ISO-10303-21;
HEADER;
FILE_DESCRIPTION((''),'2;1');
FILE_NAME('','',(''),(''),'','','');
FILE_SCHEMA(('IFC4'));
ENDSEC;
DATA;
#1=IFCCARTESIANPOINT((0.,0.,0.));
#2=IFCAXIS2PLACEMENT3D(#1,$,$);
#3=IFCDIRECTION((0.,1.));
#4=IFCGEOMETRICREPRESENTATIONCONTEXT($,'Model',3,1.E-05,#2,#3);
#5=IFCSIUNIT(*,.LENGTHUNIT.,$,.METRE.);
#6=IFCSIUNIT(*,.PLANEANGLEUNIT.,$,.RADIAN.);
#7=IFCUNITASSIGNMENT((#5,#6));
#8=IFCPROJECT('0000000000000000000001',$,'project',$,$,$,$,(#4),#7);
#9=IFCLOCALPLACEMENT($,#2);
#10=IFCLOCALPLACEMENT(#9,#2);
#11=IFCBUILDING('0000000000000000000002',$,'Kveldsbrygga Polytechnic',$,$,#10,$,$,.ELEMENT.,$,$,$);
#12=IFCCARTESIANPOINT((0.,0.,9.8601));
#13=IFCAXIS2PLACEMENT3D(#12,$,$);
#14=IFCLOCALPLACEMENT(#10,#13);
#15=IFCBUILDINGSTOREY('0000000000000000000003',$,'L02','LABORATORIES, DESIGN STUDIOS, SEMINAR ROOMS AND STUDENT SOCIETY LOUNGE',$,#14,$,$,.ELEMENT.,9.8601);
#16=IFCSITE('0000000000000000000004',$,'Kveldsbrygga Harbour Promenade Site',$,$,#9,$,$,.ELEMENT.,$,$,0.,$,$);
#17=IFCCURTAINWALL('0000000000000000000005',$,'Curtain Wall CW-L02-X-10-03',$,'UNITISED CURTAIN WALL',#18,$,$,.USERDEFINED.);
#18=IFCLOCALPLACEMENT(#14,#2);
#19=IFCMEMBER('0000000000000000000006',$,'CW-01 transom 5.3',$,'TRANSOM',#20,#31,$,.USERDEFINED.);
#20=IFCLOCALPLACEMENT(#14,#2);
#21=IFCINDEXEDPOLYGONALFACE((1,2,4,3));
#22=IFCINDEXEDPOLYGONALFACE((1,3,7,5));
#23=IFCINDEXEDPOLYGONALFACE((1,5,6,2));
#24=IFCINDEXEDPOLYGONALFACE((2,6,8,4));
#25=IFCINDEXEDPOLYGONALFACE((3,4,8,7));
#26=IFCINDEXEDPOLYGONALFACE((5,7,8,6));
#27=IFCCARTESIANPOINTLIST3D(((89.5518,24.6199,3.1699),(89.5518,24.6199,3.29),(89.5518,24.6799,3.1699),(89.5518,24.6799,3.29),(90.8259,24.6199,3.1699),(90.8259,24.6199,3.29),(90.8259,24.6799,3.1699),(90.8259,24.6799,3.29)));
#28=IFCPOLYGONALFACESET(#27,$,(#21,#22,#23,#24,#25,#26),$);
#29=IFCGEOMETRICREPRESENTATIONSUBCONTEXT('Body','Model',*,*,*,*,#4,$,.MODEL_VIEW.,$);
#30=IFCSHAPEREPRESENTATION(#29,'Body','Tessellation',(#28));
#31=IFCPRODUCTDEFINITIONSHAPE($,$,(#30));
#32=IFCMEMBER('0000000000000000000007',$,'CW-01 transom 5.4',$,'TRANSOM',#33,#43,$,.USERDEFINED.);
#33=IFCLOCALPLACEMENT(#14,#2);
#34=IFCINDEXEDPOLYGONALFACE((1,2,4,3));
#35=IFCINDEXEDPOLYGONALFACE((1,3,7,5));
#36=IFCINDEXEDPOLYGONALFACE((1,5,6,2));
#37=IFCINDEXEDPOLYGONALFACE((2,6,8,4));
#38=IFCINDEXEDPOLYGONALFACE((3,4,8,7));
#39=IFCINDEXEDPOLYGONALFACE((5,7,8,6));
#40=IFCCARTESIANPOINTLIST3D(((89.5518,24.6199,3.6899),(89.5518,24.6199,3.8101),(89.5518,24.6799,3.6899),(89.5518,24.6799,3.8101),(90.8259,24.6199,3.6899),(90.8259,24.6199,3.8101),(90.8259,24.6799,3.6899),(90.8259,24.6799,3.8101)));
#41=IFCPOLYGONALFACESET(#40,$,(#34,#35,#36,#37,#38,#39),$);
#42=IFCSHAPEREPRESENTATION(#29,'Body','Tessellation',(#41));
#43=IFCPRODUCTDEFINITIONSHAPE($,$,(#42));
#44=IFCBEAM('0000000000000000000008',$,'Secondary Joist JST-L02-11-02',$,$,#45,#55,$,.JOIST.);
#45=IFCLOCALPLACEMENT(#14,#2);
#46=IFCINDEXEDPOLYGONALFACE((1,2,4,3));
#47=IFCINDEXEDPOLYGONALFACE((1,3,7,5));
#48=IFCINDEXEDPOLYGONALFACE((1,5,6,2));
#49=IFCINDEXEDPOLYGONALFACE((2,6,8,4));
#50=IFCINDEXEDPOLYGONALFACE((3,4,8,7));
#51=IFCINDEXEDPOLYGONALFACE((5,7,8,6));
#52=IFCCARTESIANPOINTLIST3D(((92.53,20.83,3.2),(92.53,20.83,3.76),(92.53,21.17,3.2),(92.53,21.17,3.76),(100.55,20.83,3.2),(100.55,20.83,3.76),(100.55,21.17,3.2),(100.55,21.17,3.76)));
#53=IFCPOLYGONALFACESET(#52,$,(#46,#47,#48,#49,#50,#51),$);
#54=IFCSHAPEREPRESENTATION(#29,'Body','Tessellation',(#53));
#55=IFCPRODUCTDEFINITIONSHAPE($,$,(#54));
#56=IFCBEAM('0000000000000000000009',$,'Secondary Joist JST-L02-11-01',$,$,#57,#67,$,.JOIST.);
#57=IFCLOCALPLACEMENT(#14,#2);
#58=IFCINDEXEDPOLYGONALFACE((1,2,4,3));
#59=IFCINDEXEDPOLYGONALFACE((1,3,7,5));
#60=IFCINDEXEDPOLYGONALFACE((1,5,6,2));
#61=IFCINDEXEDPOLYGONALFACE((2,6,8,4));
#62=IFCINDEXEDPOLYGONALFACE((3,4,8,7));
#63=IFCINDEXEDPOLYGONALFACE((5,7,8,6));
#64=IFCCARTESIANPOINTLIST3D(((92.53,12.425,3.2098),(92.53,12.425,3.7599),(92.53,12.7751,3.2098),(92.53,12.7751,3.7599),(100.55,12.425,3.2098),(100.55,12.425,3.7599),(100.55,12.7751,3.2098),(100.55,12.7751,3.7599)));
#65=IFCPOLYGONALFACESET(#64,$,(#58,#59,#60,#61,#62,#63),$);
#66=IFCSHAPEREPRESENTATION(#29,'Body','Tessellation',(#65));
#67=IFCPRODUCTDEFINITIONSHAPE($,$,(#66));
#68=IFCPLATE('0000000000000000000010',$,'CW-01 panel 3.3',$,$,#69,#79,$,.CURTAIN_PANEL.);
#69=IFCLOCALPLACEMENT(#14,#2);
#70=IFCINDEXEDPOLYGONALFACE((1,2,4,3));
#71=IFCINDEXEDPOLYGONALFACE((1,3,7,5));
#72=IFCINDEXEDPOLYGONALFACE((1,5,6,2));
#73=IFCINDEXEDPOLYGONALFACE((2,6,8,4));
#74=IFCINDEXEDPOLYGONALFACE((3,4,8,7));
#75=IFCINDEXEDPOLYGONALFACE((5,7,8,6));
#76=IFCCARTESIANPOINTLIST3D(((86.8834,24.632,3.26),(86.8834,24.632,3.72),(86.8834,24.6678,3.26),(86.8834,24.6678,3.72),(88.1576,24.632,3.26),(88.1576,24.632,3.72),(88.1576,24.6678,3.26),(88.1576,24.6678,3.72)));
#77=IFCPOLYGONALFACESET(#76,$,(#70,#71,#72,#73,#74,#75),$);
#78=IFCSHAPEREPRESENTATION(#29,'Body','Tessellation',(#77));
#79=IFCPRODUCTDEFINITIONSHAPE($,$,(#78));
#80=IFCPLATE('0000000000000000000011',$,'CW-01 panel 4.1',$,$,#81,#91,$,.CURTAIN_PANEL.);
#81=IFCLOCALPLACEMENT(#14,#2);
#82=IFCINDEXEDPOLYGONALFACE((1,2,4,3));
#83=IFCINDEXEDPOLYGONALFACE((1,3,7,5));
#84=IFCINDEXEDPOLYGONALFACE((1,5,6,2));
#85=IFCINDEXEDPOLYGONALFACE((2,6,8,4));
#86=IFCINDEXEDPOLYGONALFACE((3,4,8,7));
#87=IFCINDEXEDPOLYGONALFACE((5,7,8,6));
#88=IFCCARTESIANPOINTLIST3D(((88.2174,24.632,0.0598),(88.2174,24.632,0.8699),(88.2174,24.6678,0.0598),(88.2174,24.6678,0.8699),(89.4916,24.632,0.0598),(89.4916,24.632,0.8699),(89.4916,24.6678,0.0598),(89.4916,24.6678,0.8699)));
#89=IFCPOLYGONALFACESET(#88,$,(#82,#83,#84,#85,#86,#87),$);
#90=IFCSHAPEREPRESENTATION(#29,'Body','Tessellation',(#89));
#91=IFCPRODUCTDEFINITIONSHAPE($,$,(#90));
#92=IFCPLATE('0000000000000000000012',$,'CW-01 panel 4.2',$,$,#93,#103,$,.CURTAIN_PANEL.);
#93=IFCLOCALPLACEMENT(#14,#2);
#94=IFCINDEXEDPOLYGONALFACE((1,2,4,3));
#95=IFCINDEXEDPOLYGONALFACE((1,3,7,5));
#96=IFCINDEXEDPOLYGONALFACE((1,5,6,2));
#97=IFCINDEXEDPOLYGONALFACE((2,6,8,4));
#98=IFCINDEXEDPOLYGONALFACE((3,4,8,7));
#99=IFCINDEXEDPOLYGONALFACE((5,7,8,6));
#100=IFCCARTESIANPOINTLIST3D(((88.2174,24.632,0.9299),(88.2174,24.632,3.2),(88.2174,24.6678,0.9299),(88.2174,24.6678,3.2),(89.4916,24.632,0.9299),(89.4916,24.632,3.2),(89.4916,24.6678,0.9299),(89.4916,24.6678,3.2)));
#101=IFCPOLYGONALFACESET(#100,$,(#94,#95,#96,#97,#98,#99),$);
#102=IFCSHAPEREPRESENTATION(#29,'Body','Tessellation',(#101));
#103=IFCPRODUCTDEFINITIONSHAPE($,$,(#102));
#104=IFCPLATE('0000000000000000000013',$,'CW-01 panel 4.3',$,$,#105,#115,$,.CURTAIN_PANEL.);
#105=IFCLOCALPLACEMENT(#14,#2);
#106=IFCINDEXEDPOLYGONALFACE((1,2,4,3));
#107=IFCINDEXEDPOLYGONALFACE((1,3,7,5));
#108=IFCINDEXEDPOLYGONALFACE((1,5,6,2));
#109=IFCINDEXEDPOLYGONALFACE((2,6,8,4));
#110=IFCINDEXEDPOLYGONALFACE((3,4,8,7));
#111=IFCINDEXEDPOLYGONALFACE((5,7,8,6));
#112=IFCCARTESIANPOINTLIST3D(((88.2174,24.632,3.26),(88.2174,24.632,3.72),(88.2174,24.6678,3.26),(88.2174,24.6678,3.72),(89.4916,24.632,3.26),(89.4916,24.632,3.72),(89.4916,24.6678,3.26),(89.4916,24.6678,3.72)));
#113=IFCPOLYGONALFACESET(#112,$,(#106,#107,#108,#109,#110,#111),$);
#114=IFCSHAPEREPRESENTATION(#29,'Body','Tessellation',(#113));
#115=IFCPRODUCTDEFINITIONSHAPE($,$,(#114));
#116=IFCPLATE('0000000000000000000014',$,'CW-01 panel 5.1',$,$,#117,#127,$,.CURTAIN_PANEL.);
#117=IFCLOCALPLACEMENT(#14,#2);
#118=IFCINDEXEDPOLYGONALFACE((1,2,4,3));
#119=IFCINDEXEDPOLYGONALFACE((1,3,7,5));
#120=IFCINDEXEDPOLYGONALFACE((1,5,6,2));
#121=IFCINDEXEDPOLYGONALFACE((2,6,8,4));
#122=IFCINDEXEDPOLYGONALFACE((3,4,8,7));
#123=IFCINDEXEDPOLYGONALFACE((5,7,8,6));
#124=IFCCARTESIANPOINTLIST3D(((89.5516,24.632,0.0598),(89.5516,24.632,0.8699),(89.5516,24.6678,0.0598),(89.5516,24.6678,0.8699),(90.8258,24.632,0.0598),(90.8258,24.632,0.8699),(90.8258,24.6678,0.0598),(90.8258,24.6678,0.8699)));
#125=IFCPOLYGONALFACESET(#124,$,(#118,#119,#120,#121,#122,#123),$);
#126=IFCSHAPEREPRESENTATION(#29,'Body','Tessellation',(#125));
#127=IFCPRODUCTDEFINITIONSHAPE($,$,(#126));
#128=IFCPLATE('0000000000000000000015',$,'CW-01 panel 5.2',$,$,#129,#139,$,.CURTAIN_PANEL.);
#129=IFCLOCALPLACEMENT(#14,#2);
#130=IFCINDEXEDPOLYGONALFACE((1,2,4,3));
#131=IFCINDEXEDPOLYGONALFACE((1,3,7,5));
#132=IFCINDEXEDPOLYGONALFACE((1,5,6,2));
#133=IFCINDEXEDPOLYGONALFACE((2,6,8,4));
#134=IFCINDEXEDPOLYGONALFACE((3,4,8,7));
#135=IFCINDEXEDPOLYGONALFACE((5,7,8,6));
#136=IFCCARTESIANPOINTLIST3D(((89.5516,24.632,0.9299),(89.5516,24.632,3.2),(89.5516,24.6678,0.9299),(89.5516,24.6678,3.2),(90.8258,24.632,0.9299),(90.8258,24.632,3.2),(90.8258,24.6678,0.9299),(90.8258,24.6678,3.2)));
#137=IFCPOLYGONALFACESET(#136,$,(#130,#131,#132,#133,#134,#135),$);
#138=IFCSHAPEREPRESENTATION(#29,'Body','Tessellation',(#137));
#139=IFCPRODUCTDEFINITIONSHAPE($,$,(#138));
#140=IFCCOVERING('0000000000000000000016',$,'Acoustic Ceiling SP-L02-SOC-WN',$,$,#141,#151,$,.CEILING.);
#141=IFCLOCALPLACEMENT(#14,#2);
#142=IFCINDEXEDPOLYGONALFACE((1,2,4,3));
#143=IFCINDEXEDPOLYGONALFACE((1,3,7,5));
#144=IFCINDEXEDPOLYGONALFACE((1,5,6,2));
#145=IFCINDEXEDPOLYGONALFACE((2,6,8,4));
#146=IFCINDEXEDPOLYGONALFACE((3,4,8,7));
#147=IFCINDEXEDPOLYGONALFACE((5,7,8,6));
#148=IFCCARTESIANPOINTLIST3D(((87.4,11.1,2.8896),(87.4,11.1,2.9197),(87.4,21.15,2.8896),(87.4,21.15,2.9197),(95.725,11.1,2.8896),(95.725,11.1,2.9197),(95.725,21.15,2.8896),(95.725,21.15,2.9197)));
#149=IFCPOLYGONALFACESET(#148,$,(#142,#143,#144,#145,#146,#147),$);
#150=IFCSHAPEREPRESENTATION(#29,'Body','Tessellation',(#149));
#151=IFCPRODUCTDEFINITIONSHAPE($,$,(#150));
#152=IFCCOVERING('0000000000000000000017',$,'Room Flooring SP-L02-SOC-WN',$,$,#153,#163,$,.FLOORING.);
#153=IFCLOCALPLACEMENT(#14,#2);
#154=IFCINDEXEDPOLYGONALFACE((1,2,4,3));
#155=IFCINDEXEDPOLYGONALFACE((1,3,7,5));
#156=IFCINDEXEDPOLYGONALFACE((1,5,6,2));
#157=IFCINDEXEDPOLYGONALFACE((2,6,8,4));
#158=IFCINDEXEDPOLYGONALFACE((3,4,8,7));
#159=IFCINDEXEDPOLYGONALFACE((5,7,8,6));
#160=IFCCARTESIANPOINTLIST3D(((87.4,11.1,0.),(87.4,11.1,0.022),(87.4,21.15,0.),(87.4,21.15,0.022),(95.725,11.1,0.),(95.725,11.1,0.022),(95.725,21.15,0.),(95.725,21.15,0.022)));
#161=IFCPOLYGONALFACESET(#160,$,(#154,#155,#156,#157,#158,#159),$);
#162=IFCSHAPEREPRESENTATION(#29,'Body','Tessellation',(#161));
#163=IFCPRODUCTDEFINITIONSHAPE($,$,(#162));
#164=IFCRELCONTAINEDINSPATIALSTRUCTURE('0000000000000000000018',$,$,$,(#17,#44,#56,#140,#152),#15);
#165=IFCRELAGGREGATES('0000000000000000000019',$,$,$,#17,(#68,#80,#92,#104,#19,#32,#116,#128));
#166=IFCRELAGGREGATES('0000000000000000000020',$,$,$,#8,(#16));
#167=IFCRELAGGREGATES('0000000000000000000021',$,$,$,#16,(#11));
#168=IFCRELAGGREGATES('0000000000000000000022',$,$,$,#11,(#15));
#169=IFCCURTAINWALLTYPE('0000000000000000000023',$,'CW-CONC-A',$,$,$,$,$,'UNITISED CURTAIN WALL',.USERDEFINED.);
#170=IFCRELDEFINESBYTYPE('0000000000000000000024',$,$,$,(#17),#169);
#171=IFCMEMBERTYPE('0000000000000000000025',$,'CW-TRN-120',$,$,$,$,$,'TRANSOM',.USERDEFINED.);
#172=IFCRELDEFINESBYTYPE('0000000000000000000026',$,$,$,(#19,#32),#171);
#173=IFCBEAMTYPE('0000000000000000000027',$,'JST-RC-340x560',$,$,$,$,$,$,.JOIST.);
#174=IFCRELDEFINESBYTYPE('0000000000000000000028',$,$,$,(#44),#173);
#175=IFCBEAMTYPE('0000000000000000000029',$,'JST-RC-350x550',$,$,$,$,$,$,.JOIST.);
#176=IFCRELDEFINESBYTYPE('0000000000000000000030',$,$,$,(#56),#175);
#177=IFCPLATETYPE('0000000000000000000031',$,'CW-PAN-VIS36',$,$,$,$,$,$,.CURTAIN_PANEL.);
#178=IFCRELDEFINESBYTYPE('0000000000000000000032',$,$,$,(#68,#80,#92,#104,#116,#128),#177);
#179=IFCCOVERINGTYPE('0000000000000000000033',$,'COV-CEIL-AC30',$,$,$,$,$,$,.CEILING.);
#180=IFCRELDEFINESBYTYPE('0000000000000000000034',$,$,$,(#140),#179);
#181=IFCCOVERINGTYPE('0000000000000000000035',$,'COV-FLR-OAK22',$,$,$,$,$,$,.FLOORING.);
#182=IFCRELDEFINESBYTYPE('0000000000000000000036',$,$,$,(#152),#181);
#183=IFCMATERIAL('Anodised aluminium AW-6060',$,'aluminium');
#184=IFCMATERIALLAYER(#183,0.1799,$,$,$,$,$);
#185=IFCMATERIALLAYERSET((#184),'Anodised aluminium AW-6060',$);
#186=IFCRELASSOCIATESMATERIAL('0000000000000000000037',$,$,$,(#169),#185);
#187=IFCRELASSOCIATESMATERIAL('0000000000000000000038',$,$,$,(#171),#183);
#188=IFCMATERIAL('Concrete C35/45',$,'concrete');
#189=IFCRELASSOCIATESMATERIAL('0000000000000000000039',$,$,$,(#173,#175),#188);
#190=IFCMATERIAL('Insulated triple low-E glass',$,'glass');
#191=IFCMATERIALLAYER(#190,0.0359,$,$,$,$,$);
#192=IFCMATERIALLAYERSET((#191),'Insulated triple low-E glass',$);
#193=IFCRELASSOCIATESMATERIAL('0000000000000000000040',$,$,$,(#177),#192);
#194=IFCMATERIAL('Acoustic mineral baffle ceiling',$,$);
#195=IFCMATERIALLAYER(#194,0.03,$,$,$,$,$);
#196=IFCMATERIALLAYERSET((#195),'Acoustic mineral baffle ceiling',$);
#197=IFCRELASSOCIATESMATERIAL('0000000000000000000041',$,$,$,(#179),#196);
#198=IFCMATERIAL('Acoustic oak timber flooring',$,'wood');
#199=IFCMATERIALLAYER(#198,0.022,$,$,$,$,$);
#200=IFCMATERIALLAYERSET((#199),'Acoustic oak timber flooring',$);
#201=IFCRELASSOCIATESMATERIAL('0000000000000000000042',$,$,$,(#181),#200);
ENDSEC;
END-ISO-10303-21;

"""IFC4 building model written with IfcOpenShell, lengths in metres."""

from ifc_helpers import new_model, si_unit, direction, frame, origin, origin_2d, place, context, subcontext, project, spatial, rectangle, extrude, material, layer, layer_set, material_profile, profile_set, type_object, element, aggregate, save


model = new_model("IFC4")

# Units and contexts
model_context = context("Model", 3, precision=1e-05, world=origin(), true_north=direction((0.0, 1.0)))
body_context = subcontext(model_context, "Body", "Model", "MODEL_VIEW")
ifc_project = project(units=[si_unit("LENGTHUNIT", "METRE"), si_unit("PLANEANGLEUNIT", "RADIAN")], contexts=[model_context])

# Site, building, storey
site_placement = place(None, origin())
site = spatial("IfcSite", under=ifc_project, at=site_placement, Name="Kveldsbrygga Harbour Promenade Site", CompositionType="ELEMENT", RefElevation=0.0)
building_placement = place(site_placement, origin())
building = spatial("IfcBuilding", under=site, at=building_placement, Name="Kveldsbrygga Polytechnic", CompositionType="ELEMENT")
storey_placement = place(building_placement, frame((0.0, 0.0, 9.8601)))
storey = spatial("IfcBuildingStorey", under=building, at=storey_placement, Name="L02", Description="LABORATORIES, DESIGN STUDIOS, SEMINAR ROOMS AND STUDENT SOCIETY LOUNGE", CompositionType="ELEMENT", Elevation=9.8601)

# Shared definitions
ifc_material_1 = material(Name="Concrete C35/45", Category="concrete")

# Curtain wall, members
ifc_material_2 = material(Name="Anodised aluminium AW-6060", Category="aluminium")
ifc_layer_1 = layer(ifc_material_2, 0.1799)
ifc_layer_set_1 = layer_set([ifc_layer_1], Name="Anodised aluminium AW-6060")
curtain_wall_type = type_object("IfcCurtainWallType", Name="CW-CONC-A", ElementType="UNITISED CURTAIN WALL", PredefinedType="USERDEFINED", material=ifc_layer_set_1)
curtain_wall_placement = place(storey_placement, origin())
curtain_wall = element("IfcCurtainWall", 1, at=curtain_wall_placement, inside=storey, type_object=curtain_wall_type, Name="Curtain Wall CW-L02-X-10-03", ObjectType="UNITISED CURTAIN WALL", PredefinedType="USERDEFINED")
ifc_material_profile_1 = material_profile(ifc_material_2, rectangle(XDim=0.0601, YDim=0.1201, at=origin_2d()), Name="ALU 60x120")
ifc_profile_set_1 = profile_set([ifc_material_profile_1], Name="Anodised aluminium AW-6060")
member_type_1 = type_object("IfcMemberType", Name="CW-TRN-120", ElementType="TRANSOM", PredefinedType="USERDEFINED", material=ifc_profile_set_1)
member_1_placement = place(storey_placement, frame((89.5518, 24.6499, 3.23), z_axis=(1.0, 0.0, 0.0), x_axis=(0.0, 1.0, 0.0)))
member_1 = element("IfcMember", 2, at=member_1_placement, type_object=member_type_1, Name="CW-01 transom 5.3", ObjectType="TRANSOM", PredefinedType="USERDEFINED", context=body_context, shape_type="SweptSolid", body=[
    extrude(rectangle(XDim=0.0601, YDim=0.1201, at=origin_2d()), origin(), (0.0, 0.0, 1.0), 1.2742),
])
member_2_placement = place(storey_placement, frame((89.5518, 24.6499, 3.75), z_axis=(1.0, 0.0, 0.0), x_axis=(0.0, 1.0, 0.0)))
member_2 = element("IfcMember", 3, at=member_2_placement, type_object=member_type_1, Name="CW-01 transom 5.4", ObjectType="TRANSOM", PredefinedType="USERDEFINED", context=body_context, shape_type="SweptSolid", body=[
    extrude(rectangle(XDim=0.0601, YDim=0.1201, at=origin_2d()), origin(), (0.0, 0.0, 1.0), 1.2742),
])

# Beams
ifc_material_profile_2 = material_profile(ifc_material_1, rectangle(XDim=0.3401, YDim=0.5601, at=origin_2d()), Name="RC 340x560")
ifc_profile_set_2 = profile_set([ifc_material_profile_2], Name="Concrete C35/45")
beam_type_1 = type_object("IfcBeamType", Name="JST-RC-340x560", PredefinedType="JOIST", material=ifc_profile_set_2)
beam_1_placement = place(storey_placement, frame((92.53, 21.0, 3.48), z_axis=(1.0, 0.0, 0.0), x_axis=(0.0, 1.0, 0.0)))
element("IfcBeam", 4, at=beam_1_placement, inside=storey, type_object=beam_type_1, Name="Secondary Joist JST-L02-11-02", PredefinedType="JOIST", context=body_context, shape_type="SweptSolid", body=[
    extrude(rectangle(XDim=0.3401, YDim=0.5601, at=origin_2d()), origin(), (0.0, 0.0, 1.0), 8.02),
])
ifc_material_profile_3 = material_profile(ifc_material_1, rectangle(XDim=0.3501, YDim=0.55, at=origin_2d()), Name="RC 350x550")
ifc_profile_set_3 = profile_set([ifc_material_profile_3], Name="Concrete C35/45")
beam_type_2 = type_object("IfcBeamType", Name="JST-RC-350x550", PredefinedType="JOIST", material=ifc_profile_set_3)
beam_2_placement = place(storey_placement, frame((92.53, 12.6001, 3.4849), z_axis=(1.0, 0.0, 0.0), x_axis=(0.0, 1.0, 0.0)))
element("IfcBeam", 5, at=beam_2_placement, inside=storey, type_object=beam_type_2, Name="Secondary Joist JST-L02-11-01", PredefinedType="JOIST", context=body_context, shape_type="SweptSolid", body=[
    extrude(rectangle(XDim=0.3501, YDim=0.55, at=origin_2d()), origin(), (0.0, 0.0, 1.0), 8.02),
])

# Plates
ifc_material_3 = material(Name="Insulated triple low-E glass", Category="glass")
ifc_layer_2 = layer(ifc_material_3, 0.0359)
ifc_layer_set_2 = layer_set([ifc_layer_2], Name="Insulated triple low-E glass")
plate_type = type_object("IfcPlateType", Name="CW-PAN-VIS36", PredefinedType="CURTAIN_PANEL", material=ifc_layer_set_2)
plate_1_placement = place(storey_placement, frame((87.5205, 24.6499, 3.26), z_axis=(0.0, 0.0, 1.0), x_axis=(1.0, 0.0, 0.0)))
plate_1 = element("IfcPlate", 6, at=plate_1_placement, type_object=plate_type, Name="CW-01 panel 3.3", PredefinedType="CURTAIN_PANEL", context=body_context, shape_type="SweptSolid", body=[
    extrude(rectangle(XDim=1.2742, YDim=0.0359, at=origin_2d()), origin(), (0.0, 0.0, 1.0), 0.46),
])
plate_2_placement = place(storey_placement, frame((88.8545, 24.6499, 0.0598), z_axis=(0.0, 0.0, 1.0), x_axis=(1.0, 0.0, 0.0)))
plate_2 = element("IfcPlate", 7, at=plate_2_placement, type_object=plate_type, Name="CW-01 panel 4.1", PredefinedType="CURTAIN_PANEL", context=body_context, shape_type="SweptSolid", body=[
    extrude(rectangle(XDim=1.2742, YDim=0.0359, at=origin_2d()), origin(), (0.0, 0.0, 1.0), 0.8101),
])
plate_3_placement = place(storey_placement, frame((88.8545, 24.6499, 0.9299), z_axis=(0.0, 0.0, 1.0), x_axis=(1.0, 0.0, 0.0)))
plate_3 = element("IfcPlate", 8, at=plate_3_placement, type_object=plate_type, Name="CW-01 panel 4.2", PredefinedType="CURTAIN_PANEL", context=body_context, shape_type="SweptSolid", body=[
    extrude(rectangle(XDim=1.2742, YDim=0.0359, at=origin_2d()), origin(), (0.0, 0.0, 1.0), 2.27),
])
plate_4_placement = place(storey_placement, frame((88.8545, 24.6499, 3.26), z_axis=(0.0, 0.0, 1.0), x_axis=(1.0, 0.0, 0.0)))
plate_4 = element("IfcPlate", 9, at=plate_4_placement, type_object=plate_type, Name="CW-01 panel 4.3", PredefinedType="CURTAIN_PANEL", context=body_context, shape_type="SweptSolid", body=[
    extrude(rectangle(XDim=1.2742, YDim=0.0359, at=origin_2d()), origin(), (0.0, 0.0, 1.0), 0.46),
])
plate_5_placement = place(storey_placement, frame((90.1887, 24.6499, 0.0598), z_axis=(0.0, 0.0, 1.0), x_axis=(1.0, 0.0, 0.0)))
plate_5 = element("IfcPlate", 10, at=plate_5_placement, type_object=plate_type, Name="CW-01 panel 5.1", PredefinedType="CURTAIN_PANEL", context=body_context, shape_type="SweptSolid", body=[
    extrude(rectangle(XDim=1.2742, YDim=0.0359, at=origin_2d()), origin(), (0.0, 0.0, 1.0), 0.8101),
])
plate_6_placement = place(storey_placement, frame((90.1887, 24.6499, 0.9299), z_axis=(0.0, 0.0, 1.0), x_axis=(1.0, 0.0, 0.0)))
plate_6 = element("IfcPlate", 11, at=plate_6_placement, type_object=plate_type, Name="CW-01 panel 5.2", PredefinedType="CURTAIN_PANEL", context=body_context, shape_type="SweptSolid", body=[
    extrude(rectangle(XDim=1.2742, YDim=0.0359, at=origin_2d()), origin(), (0.0, 0.0, 1.0), 2.27),
])
aggregate(curtain_wall, [plate_1, plate_2, plate_3, plate_4, member_1, member_2, plate_5, plate_6])

# Coverings
ifc_material_4 = material(Name="Acoustic mineral baffle ceiling")
ifc_layer_3 = layer(ifc_material_4, 0.03)
ifc_layer_set_3 = layer_set([ifc_layer_3], Name="Acoustic mineral baffle ceiling")
covering_type_1 = type_object("IfcCoveringType", Name="COV-CEIL-AC30", PredefinedType="CEILING", material=ifc_layer_set_3)
covering_1_placement = place(storey_placement, frame((91.5625, 16.125, 2.8896), z_axis=(0.0, 0.0, 1.0), x_axis=(1.0, 0.0, 0.0)))
element("IfcCovering", 12, at=covering_1_placement, inside=storey, type_object=covering_type_1, Name="Acoustic Ceiling SP-L02-SOC-WN", PredefinedType="CEILING", context=body_context, shape_type="SweptSolid", body=[
    extrude(rectangle(XDim=8.325, YDim=10.05, at=origin_2d()), origin(), (0.0, 0.0, 1.0), 0.03),
])
ifc_material_5 = material(Name="Acoustic oak timber flooring", Category="wood")
ifc_layer_4 = layer(ifc_material_5, 0.022)
ifc_layer_set_4 = layer_set([ifc_layer_4], Name="Acoustic oak timber flooring")
covering_type_2 = type_object("IfcCoveringType", Name="COV-FLR-OAK22", PredefinedType="FLOORING", material=ifc_layer_set_4)
covering_2_placement = place(storey_placement, frame((91.5625, 16.125, 0.0), z_axis=(0.0, 0.0, 1.0), x_axis=(1.0, 0.0, 0.0)))
element("IfcCovering", 13, at=covering_2_placement, inside=storey, type_object=covering_type_2, Name="Room Flooring SP-L02-SOC-WN", PredefinedType="FLOORING", context=body_context, shape_type="SweptSolid", body=[
    extrude(rectangle(XDim=8.325, YDim=10.05, at=origin_2d()), origin(), (0.0, 0.0, 1.0), 0.022),
])

save(model, "model.ifc")
